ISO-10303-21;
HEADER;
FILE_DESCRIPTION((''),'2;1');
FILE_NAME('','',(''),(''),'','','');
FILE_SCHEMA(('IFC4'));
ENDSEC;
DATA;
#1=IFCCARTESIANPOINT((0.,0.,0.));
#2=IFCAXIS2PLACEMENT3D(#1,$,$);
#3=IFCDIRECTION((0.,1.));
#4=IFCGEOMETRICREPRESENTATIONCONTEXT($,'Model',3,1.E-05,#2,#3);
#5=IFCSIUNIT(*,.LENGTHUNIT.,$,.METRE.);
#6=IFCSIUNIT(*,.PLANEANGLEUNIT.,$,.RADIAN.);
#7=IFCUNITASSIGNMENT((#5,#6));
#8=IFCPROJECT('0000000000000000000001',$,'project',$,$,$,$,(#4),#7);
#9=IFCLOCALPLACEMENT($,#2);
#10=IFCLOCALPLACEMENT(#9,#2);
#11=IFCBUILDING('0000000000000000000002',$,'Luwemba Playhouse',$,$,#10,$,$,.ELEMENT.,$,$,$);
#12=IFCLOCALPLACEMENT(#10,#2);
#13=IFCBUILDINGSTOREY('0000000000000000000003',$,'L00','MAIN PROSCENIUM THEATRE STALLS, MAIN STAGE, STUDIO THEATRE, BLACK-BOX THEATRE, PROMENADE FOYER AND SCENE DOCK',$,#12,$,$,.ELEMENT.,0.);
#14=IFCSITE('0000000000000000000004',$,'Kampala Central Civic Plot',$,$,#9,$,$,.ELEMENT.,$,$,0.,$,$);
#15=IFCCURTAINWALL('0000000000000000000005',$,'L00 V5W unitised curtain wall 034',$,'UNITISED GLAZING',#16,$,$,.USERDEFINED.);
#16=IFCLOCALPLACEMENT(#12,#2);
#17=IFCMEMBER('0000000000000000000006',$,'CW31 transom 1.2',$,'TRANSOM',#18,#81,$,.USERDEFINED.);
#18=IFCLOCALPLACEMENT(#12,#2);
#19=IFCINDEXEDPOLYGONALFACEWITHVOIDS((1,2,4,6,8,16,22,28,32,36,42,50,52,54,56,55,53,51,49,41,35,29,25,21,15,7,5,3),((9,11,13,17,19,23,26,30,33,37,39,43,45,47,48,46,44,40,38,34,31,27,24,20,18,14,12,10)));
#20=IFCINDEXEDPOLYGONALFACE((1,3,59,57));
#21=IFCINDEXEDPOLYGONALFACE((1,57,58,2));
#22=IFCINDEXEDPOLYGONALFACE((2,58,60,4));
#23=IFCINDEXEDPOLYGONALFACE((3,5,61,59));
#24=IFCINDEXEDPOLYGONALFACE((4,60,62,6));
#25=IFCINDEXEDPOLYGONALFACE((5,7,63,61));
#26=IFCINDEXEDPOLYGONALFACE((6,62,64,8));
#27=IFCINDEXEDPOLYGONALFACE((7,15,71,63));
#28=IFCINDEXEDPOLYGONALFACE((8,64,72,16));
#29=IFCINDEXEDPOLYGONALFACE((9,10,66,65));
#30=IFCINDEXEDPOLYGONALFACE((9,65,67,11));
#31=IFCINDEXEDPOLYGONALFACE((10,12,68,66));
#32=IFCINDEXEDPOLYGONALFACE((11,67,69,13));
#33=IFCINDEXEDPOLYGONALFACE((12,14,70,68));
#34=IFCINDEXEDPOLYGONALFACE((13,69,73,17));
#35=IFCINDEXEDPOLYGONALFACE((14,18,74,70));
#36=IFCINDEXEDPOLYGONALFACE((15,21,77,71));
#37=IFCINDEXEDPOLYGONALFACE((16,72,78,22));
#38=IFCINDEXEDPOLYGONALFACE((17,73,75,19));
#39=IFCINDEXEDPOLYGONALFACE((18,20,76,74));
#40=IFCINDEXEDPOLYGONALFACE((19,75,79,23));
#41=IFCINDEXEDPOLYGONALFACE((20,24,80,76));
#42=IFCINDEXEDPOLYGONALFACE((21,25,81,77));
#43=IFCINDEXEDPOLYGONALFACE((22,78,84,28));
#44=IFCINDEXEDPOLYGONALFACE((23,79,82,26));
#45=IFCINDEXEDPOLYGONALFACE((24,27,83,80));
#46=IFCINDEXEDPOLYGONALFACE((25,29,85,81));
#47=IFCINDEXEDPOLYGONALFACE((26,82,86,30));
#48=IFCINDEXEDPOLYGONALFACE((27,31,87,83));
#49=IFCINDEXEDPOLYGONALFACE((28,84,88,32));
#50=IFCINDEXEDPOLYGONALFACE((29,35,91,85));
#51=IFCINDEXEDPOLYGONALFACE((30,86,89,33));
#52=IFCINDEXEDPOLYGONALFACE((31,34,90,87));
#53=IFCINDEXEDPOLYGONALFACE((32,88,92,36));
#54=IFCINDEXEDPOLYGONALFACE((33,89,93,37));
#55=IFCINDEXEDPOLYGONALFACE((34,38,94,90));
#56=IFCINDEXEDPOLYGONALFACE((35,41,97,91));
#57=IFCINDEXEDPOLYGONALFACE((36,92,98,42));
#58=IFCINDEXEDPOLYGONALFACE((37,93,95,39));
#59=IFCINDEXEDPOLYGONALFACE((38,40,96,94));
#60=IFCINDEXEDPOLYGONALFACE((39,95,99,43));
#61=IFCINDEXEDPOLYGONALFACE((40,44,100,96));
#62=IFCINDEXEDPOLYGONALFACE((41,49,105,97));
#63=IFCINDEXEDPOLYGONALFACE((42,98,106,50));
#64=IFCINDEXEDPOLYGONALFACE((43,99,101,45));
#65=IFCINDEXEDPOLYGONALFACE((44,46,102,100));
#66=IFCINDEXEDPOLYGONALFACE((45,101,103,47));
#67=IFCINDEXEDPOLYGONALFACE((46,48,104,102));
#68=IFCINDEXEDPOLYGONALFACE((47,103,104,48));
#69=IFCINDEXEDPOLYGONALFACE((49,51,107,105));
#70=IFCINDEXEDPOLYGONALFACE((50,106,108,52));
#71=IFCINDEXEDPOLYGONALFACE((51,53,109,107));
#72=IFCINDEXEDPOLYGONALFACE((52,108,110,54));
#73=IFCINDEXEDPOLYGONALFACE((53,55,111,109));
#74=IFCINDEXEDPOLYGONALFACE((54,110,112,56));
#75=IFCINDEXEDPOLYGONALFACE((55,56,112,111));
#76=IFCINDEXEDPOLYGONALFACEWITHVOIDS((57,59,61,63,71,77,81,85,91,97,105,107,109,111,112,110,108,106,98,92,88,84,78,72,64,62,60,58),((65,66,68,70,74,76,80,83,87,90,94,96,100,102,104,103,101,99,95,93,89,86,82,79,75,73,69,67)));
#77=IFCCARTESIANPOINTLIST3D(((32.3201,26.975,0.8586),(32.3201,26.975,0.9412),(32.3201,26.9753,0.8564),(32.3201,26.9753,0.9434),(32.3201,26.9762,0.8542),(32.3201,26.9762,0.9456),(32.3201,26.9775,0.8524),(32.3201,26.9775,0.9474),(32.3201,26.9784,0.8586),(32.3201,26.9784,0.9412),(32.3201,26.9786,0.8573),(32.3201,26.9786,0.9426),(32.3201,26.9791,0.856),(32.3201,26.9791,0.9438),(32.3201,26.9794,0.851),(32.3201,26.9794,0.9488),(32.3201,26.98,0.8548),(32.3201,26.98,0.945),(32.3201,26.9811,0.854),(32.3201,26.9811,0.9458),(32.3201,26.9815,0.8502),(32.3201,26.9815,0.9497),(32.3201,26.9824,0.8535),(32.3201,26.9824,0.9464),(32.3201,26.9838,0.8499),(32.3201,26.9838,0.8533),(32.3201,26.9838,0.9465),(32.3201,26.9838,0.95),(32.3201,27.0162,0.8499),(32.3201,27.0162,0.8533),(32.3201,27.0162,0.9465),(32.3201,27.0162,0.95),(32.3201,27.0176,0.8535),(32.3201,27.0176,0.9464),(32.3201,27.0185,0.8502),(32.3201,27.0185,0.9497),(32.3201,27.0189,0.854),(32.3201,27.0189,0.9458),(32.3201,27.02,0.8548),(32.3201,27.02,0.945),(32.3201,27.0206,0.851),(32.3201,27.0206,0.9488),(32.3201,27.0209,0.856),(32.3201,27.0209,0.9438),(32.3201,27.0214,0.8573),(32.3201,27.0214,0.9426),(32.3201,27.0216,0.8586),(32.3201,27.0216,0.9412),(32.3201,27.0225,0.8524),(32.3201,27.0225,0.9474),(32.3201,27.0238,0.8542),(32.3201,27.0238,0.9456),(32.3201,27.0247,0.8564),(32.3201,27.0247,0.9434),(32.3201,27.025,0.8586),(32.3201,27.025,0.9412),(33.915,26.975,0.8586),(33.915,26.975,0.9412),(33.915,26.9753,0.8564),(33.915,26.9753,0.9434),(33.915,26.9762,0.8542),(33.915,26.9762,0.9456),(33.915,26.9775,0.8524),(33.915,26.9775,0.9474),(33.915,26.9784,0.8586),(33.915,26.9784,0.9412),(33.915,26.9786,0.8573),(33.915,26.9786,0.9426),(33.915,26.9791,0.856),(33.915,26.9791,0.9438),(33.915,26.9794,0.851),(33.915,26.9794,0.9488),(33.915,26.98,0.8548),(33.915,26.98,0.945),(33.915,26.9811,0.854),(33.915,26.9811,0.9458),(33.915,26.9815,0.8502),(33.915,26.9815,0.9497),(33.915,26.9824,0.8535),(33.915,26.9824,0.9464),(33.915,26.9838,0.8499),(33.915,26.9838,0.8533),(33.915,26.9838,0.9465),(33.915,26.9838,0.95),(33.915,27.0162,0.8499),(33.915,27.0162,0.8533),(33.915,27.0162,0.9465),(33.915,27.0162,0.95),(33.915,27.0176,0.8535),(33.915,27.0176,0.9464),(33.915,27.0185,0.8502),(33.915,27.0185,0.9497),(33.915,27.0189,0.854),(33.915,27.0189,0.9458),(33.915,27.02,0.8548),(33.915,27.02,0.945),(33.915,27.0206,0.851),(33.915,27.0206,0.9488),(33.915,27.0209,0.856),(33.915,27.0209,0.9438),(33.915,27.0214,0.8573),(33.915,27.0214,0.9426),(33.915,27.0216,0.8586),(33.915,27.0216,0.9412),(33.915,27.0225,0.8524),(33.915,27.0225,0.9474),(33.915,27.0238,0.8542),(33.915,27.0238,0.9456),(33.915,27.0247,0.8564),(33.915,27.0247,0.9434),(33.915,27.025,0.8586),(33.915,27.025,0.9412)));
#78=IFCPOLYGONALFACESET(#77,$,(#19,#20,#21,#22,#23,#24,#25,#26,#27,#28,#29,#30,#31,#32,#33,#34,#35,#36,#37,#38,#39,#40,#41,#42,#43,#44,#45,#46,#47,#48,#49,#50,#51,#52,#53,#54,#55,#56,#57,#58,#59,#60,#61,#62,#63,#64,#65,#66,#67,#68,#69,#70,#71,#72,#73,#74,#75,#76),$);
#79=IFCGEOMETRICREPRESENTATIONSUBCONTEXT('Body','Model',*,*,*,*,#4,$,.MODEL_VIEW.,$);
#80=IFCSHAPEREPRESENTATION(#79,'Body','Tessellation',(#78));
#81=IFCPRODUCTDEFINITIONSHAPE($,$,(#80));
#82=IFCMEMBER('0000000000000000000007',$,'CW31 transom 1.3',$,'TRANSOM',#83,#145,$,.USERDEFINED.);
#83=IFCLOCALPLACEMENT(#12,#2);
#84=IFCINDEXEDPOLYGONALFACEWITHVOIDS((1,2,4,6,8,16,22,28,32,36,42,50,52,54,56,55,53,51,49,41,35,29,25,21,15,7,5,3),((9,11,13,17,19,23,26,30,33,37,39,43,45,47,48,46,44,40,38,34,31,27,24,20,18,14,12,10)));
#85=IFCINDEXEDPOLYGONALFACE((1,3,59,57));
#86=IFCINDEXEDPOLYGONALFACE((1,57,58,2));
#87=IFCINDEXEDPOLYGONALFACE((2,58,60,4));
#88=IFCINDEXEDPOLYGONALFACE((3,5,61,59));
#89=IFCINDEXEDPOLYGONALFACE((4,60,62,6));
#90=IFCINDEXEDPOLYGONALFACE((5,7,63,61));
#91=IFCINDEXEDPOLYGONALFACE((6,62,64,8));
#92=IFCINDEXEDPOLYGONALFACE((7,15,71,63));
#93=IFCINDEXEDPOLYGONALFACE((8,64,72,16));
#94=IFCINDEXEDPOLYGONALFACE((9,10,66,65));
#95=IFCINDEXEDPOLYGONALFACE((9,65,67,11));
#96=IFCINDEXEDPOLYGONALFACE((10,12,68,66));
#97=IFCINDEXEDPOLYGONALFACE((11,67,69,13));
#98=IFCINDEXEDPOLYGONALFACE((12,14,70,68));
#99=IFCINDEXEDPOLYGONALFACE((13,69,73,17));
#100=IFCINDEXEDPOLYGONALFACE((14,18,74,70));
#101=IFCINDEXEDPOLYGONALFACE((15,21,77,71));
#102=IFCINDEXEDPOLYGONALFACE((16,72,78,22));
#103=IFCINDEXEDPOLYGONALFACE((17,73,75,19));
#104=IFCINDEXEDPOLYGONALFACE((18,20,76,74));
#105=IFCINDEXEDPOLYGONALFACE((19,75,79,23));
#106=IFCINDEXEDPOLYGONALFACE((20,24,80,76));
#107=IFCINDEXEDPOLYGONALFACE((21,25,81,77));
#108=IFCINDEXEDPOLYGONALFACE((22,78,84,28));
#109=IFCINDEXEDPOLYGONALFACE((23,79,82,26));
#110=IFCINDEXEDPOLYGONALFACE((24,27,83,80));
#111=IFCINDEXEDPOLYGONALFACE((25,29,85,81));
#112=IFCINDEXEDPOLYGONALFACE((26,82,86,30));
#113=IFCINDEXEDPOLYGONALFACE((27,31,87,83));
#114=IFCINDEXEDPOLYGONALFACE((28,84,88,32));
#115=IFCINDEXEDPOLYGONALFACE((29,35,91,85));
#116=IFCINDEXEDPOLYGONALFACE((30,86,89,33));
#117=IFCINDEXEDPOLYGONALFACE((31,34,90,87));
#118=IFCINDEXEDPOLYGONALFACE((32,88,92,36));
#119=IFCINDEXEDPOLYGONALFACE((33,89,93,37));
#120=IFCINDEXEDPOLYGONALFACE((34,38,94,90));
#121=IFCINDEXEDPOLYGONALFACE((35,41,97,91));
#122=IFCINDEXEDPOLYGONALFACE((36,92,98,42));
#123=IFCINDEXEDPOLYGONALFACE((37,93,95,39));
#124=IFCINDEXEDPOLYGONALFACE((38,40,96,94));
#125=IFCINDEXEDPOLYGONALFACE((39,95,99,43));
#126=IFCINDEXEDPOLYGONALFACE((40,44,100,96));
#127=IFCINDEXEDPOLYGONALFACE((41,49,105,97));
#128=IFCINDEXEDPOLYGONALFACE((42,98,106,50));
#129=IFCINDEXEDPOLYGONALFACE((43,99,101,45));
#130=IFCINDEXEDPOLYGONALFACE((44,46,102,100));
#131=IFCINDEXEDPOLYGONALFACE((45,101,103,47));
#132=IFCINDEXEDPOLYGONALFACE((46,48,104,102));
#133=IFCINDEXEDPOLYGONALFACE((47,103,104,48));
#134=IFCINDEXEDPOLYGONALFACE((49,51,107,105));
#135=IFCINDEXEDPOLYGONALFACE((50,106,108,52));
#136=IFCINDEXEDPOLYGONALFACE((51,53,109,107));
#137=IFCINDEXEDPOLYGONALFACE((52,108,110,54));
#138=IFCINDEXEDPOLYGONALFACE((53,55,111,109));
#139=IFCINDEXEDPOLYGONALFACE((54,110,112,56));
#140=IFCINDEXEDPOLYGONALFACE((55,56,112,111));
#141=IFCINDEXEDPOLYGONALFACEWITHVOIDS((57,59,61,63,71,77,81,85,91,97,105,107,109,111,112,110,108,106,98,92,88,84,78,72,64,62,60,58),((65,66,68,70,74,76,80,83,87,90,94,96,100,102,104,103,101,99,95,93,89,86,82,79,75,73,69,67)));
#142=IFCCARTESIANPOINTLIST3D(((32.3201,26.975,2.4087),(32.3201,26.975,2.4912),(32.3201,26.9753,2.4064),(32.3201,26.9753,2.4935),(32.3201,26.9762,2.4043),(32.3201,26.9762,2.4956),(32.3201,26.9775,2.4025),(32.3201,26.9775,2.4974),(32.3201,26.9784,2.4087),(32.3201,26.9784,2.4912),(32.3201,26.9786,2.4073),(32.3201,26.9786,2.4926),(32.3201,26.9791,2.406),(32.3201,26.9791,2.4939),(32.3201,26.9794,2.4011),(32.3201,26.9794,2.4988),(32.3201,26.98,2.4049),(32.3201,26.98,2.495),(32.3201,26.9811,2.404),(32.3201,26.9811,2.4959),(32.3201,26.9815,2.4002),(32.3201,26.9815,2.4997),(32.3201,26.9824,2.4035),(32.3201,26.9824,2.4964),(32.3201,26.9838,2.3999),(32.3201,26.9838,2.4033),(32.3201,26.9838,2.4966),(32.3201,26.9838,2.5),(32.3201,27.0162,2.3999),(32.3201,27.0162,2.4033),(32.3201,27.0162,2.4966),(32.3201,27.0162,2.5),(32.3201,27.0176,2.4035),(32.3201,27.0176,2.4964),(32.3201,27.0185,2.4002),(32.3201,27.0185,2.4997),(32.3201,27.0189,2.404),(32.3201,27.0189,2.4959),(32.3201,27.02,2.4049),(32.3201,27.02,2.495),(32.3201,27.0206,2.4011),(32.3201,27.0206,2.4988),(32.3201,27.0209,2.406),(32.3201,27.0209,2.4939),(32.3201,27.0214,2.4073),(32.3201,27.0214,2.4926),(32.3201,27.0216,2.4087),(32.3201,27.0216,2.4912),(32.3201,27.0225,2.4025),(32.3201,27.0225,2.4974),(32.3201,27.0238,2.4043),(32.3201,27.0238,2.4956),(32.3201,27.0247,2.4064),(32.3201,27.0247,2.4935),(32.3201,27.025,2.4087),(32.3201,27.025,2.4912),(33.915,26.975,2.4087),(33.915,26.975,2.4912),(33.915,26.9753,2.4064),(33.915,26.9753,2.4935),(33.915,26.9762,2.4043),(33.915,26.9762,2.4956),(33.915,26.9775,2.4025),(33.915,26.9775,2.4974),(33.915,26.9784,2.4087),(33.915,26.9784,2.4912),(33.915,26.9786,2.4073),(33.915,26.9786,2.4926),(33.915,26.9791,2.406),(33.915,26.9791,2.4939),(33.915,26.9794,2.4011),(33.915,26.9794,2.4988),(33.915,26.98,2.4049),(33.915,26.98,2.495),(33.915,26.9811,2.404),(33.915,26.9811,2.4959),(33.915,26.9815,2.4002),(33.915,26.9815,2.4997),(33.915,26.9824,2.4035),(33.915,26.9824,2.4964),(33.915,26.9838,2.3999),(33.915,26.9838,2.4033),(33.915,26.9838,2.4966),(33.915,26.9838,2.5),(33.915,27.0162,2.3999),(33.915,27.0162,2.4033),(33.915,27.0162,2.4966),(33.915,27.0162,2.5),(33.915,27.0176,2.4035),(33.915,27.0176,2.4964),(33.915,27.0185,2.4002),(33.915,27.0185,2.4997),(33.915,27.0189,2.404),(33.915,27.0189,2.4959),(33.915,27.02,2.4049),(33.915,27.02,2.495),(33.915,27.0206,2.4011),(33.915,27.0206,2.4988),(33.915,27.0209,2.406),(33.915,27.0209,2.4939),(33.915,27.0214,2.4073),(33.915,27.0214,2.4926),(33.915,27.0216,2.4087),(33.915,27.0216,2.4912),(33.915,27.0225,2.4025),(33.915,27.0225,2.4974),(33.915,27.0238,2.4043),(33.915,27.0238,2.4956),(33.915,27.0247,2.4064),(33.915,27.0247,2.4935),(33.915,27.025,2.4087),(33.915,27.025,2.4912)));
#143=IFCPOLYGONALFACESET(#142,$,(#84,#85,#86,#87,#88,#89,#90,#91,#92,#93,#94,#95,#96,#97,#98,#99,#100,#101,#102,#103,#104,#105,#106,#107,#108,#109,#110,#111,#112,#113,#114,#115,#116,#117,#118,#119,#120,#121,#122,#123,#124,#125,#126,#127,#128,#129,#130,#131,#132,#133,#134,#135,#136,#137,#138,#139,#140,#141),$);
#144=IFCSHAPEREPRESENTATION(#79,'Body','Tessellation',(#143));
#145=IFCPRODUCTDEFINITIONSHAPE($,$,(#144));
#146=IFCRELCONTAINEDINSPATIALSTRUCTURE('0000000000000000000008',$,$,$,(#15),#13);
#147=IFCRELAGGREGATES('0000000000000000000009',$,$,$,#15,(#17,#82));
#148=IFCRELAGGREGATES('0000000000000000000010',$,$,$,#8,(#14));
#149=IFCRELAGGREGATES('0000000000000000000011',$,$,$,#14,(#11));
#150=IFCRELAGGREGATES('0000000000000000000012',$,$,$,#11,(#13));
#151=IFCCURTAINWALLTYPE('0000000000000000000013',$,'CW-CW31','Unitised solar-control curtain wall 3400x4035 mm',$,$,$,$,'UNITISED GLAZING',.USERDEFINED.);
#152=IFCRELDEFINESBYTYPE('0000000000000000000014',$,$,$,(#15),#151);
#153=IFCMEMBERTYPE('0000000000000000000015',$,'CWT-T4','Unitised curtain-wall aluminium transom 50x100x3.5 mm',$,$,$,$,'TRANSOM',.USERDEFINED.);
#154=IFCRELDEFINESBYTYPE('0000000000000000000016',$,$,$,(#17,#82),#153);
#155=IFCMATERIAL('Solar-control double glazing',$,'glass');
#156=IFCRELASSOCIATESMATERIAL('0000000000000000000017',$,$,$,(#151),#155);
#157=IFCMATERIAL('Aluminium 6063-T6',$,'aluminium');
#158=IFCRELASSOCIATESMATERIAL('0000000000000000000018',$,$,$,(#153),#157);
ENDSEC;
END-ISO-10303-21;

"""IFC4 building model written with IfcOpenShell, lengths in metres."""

from ifc_helpers import new_model, si_unit, direction, frame, origin, origin_2d, place, context, subcontext, project, spatial, hollow_rectangle, extrude, material, material_profile, profile_set, type_object, element, aggregate, save


model = new_model("IFC4")

# Units and contexts
model_context = context("Model", 3, precision=1e-05, world=origin(), true_north=direction((0.0, 1.0)))
body_context = subcontext(model_context, "Body", "Model", "MODEL_VIEW")
ifc_project = project(units=[si_unit("LENGTHUNIT", "METRE"), si_unit("PLANEANGLEUNIT", "RADIAN")], contexts=[model_context])

# Site, building, storey
site_placement = place(None, origin())
site = spatial("IfcSite", under=ifc_project, at=site_placement, Name="Kampala Central Civic Plot", CompositionType="ELEMENT", RefElevation=0.0)
building_placement = place(site_placement, origin())
building = spatial("IfcBuilding", under=site, at=building_placement, Name="Luwemba Playhouse", CompositionType="ELEMENT")
storey_placement = place(building_placement, origin())
storey = spatial("IfcBuildingStorey", under=building, at=storey_placement, Name="L00", Description="MAIN PROSCENIUM THEATRE STALLS, MAIN STAGE, STUDIO THEATRE, BLACK-BOX THEATRE, PROMENADE FOYER AND SCENE DOCK", CompositionType="ELEMENT", Elevation=0.0)

# Curtain wall, members
ifc_material_1 = material(Name="Solar-control double glazing", Category="glass")
curtain_wall_type = type_object("IfcCurtainWallType", Name="CW-CW31", Description="Unitised solar-control curtain wall 3400x4035 mm", ElementType="UNITISED GLAZING", PredefinedType="USERDEFINED", material=ifc_material_1)
curtain_wall_placement = place(storey_placement, origin())
curtain_wall = element("IfcCurtainWall", 1, at=curtain_wall_placement, inside=storey, type_object=curtain_wall_type, Name="L00 V5W unitised curtain wall 034", ObjectType="UNITISED GLAZING", PredefinedType="USERDEFINED")
ifc_material_2 = material(Name="Aluminium 6063-T6", Category="aluminium")
ifc_material_profile_1 = material_profile(ifc_material_2, hollow_rectangle(XDim=0.05, YDim=0.1001, WallThickness=0.0034, InnerFilletRadius=0.0054, OuterFilletRadius=0.0088, at=origin_2d()))
ifc_profile_set_1 = profile_set([ifc_material_profile_1], Name="Aluminium 6063-T6")
member_type_1 = type_object("IfcMemberType", Name="CWT-T4", Description="Unitised curtain-wall aluminium transom 50x100x3.5 mm", ElementType="TRANSOM", PredefinedType="USERDEFINED", material=ifc_profile_set_1)
member_1_placement = place(storey_placement, frame((32.3201, 27.0, 0.8999), z_axis=(1.0, 0.0, 0.0), x_axis=(0.0, 1.0, 0.0)))
member_1 = element("IfcMember", 2, at=member_1_placement, type_object=member_type_1, Name="CW31 transom 1.2", ObjectType="TRANSOM", PredefinedType="USERDEFINED", context=body_context, shape_type="SweptSolid", body=[
    extrude(hollow_rectangle(XDim=0.05, YDim=0.1001, WallThickness=0.0034, InnerFilletRadius=0.0054, OuterFilletRadius=0.0088, at=origin_2d()), origin(), (0.0, 0.0, 1.0), 1.595),
])
member_2_placement = place(storey_placement, frame((32.3201, 27.0, 2.45), z_axis=(1.0, 0.0, 0.0), x_axis=(0.0, 1.0, 0.0)))
member_2 = element("IfcMember", 3, at=member_2_placement, type_object=member_type_1, Name="CW31 transom 1.3", ObjectType="TRANSOM", PredefinedType="USERDEFINED", context=body_context, shape_type="SweptSolid", body=[
    extrude(hollow_rectangle(XDim=0.05, YDim=0.1001, WallThickness=0.0034, InnerFilletRadius=0.0054, OuterFilletRadius=0.0088, at=origin_2d()), origin(), (0.0, 0.0, 1.0), 1.595),
])
aggregate(curtain_wall, [member_1, member_2])

save(model, "model.ifc")
